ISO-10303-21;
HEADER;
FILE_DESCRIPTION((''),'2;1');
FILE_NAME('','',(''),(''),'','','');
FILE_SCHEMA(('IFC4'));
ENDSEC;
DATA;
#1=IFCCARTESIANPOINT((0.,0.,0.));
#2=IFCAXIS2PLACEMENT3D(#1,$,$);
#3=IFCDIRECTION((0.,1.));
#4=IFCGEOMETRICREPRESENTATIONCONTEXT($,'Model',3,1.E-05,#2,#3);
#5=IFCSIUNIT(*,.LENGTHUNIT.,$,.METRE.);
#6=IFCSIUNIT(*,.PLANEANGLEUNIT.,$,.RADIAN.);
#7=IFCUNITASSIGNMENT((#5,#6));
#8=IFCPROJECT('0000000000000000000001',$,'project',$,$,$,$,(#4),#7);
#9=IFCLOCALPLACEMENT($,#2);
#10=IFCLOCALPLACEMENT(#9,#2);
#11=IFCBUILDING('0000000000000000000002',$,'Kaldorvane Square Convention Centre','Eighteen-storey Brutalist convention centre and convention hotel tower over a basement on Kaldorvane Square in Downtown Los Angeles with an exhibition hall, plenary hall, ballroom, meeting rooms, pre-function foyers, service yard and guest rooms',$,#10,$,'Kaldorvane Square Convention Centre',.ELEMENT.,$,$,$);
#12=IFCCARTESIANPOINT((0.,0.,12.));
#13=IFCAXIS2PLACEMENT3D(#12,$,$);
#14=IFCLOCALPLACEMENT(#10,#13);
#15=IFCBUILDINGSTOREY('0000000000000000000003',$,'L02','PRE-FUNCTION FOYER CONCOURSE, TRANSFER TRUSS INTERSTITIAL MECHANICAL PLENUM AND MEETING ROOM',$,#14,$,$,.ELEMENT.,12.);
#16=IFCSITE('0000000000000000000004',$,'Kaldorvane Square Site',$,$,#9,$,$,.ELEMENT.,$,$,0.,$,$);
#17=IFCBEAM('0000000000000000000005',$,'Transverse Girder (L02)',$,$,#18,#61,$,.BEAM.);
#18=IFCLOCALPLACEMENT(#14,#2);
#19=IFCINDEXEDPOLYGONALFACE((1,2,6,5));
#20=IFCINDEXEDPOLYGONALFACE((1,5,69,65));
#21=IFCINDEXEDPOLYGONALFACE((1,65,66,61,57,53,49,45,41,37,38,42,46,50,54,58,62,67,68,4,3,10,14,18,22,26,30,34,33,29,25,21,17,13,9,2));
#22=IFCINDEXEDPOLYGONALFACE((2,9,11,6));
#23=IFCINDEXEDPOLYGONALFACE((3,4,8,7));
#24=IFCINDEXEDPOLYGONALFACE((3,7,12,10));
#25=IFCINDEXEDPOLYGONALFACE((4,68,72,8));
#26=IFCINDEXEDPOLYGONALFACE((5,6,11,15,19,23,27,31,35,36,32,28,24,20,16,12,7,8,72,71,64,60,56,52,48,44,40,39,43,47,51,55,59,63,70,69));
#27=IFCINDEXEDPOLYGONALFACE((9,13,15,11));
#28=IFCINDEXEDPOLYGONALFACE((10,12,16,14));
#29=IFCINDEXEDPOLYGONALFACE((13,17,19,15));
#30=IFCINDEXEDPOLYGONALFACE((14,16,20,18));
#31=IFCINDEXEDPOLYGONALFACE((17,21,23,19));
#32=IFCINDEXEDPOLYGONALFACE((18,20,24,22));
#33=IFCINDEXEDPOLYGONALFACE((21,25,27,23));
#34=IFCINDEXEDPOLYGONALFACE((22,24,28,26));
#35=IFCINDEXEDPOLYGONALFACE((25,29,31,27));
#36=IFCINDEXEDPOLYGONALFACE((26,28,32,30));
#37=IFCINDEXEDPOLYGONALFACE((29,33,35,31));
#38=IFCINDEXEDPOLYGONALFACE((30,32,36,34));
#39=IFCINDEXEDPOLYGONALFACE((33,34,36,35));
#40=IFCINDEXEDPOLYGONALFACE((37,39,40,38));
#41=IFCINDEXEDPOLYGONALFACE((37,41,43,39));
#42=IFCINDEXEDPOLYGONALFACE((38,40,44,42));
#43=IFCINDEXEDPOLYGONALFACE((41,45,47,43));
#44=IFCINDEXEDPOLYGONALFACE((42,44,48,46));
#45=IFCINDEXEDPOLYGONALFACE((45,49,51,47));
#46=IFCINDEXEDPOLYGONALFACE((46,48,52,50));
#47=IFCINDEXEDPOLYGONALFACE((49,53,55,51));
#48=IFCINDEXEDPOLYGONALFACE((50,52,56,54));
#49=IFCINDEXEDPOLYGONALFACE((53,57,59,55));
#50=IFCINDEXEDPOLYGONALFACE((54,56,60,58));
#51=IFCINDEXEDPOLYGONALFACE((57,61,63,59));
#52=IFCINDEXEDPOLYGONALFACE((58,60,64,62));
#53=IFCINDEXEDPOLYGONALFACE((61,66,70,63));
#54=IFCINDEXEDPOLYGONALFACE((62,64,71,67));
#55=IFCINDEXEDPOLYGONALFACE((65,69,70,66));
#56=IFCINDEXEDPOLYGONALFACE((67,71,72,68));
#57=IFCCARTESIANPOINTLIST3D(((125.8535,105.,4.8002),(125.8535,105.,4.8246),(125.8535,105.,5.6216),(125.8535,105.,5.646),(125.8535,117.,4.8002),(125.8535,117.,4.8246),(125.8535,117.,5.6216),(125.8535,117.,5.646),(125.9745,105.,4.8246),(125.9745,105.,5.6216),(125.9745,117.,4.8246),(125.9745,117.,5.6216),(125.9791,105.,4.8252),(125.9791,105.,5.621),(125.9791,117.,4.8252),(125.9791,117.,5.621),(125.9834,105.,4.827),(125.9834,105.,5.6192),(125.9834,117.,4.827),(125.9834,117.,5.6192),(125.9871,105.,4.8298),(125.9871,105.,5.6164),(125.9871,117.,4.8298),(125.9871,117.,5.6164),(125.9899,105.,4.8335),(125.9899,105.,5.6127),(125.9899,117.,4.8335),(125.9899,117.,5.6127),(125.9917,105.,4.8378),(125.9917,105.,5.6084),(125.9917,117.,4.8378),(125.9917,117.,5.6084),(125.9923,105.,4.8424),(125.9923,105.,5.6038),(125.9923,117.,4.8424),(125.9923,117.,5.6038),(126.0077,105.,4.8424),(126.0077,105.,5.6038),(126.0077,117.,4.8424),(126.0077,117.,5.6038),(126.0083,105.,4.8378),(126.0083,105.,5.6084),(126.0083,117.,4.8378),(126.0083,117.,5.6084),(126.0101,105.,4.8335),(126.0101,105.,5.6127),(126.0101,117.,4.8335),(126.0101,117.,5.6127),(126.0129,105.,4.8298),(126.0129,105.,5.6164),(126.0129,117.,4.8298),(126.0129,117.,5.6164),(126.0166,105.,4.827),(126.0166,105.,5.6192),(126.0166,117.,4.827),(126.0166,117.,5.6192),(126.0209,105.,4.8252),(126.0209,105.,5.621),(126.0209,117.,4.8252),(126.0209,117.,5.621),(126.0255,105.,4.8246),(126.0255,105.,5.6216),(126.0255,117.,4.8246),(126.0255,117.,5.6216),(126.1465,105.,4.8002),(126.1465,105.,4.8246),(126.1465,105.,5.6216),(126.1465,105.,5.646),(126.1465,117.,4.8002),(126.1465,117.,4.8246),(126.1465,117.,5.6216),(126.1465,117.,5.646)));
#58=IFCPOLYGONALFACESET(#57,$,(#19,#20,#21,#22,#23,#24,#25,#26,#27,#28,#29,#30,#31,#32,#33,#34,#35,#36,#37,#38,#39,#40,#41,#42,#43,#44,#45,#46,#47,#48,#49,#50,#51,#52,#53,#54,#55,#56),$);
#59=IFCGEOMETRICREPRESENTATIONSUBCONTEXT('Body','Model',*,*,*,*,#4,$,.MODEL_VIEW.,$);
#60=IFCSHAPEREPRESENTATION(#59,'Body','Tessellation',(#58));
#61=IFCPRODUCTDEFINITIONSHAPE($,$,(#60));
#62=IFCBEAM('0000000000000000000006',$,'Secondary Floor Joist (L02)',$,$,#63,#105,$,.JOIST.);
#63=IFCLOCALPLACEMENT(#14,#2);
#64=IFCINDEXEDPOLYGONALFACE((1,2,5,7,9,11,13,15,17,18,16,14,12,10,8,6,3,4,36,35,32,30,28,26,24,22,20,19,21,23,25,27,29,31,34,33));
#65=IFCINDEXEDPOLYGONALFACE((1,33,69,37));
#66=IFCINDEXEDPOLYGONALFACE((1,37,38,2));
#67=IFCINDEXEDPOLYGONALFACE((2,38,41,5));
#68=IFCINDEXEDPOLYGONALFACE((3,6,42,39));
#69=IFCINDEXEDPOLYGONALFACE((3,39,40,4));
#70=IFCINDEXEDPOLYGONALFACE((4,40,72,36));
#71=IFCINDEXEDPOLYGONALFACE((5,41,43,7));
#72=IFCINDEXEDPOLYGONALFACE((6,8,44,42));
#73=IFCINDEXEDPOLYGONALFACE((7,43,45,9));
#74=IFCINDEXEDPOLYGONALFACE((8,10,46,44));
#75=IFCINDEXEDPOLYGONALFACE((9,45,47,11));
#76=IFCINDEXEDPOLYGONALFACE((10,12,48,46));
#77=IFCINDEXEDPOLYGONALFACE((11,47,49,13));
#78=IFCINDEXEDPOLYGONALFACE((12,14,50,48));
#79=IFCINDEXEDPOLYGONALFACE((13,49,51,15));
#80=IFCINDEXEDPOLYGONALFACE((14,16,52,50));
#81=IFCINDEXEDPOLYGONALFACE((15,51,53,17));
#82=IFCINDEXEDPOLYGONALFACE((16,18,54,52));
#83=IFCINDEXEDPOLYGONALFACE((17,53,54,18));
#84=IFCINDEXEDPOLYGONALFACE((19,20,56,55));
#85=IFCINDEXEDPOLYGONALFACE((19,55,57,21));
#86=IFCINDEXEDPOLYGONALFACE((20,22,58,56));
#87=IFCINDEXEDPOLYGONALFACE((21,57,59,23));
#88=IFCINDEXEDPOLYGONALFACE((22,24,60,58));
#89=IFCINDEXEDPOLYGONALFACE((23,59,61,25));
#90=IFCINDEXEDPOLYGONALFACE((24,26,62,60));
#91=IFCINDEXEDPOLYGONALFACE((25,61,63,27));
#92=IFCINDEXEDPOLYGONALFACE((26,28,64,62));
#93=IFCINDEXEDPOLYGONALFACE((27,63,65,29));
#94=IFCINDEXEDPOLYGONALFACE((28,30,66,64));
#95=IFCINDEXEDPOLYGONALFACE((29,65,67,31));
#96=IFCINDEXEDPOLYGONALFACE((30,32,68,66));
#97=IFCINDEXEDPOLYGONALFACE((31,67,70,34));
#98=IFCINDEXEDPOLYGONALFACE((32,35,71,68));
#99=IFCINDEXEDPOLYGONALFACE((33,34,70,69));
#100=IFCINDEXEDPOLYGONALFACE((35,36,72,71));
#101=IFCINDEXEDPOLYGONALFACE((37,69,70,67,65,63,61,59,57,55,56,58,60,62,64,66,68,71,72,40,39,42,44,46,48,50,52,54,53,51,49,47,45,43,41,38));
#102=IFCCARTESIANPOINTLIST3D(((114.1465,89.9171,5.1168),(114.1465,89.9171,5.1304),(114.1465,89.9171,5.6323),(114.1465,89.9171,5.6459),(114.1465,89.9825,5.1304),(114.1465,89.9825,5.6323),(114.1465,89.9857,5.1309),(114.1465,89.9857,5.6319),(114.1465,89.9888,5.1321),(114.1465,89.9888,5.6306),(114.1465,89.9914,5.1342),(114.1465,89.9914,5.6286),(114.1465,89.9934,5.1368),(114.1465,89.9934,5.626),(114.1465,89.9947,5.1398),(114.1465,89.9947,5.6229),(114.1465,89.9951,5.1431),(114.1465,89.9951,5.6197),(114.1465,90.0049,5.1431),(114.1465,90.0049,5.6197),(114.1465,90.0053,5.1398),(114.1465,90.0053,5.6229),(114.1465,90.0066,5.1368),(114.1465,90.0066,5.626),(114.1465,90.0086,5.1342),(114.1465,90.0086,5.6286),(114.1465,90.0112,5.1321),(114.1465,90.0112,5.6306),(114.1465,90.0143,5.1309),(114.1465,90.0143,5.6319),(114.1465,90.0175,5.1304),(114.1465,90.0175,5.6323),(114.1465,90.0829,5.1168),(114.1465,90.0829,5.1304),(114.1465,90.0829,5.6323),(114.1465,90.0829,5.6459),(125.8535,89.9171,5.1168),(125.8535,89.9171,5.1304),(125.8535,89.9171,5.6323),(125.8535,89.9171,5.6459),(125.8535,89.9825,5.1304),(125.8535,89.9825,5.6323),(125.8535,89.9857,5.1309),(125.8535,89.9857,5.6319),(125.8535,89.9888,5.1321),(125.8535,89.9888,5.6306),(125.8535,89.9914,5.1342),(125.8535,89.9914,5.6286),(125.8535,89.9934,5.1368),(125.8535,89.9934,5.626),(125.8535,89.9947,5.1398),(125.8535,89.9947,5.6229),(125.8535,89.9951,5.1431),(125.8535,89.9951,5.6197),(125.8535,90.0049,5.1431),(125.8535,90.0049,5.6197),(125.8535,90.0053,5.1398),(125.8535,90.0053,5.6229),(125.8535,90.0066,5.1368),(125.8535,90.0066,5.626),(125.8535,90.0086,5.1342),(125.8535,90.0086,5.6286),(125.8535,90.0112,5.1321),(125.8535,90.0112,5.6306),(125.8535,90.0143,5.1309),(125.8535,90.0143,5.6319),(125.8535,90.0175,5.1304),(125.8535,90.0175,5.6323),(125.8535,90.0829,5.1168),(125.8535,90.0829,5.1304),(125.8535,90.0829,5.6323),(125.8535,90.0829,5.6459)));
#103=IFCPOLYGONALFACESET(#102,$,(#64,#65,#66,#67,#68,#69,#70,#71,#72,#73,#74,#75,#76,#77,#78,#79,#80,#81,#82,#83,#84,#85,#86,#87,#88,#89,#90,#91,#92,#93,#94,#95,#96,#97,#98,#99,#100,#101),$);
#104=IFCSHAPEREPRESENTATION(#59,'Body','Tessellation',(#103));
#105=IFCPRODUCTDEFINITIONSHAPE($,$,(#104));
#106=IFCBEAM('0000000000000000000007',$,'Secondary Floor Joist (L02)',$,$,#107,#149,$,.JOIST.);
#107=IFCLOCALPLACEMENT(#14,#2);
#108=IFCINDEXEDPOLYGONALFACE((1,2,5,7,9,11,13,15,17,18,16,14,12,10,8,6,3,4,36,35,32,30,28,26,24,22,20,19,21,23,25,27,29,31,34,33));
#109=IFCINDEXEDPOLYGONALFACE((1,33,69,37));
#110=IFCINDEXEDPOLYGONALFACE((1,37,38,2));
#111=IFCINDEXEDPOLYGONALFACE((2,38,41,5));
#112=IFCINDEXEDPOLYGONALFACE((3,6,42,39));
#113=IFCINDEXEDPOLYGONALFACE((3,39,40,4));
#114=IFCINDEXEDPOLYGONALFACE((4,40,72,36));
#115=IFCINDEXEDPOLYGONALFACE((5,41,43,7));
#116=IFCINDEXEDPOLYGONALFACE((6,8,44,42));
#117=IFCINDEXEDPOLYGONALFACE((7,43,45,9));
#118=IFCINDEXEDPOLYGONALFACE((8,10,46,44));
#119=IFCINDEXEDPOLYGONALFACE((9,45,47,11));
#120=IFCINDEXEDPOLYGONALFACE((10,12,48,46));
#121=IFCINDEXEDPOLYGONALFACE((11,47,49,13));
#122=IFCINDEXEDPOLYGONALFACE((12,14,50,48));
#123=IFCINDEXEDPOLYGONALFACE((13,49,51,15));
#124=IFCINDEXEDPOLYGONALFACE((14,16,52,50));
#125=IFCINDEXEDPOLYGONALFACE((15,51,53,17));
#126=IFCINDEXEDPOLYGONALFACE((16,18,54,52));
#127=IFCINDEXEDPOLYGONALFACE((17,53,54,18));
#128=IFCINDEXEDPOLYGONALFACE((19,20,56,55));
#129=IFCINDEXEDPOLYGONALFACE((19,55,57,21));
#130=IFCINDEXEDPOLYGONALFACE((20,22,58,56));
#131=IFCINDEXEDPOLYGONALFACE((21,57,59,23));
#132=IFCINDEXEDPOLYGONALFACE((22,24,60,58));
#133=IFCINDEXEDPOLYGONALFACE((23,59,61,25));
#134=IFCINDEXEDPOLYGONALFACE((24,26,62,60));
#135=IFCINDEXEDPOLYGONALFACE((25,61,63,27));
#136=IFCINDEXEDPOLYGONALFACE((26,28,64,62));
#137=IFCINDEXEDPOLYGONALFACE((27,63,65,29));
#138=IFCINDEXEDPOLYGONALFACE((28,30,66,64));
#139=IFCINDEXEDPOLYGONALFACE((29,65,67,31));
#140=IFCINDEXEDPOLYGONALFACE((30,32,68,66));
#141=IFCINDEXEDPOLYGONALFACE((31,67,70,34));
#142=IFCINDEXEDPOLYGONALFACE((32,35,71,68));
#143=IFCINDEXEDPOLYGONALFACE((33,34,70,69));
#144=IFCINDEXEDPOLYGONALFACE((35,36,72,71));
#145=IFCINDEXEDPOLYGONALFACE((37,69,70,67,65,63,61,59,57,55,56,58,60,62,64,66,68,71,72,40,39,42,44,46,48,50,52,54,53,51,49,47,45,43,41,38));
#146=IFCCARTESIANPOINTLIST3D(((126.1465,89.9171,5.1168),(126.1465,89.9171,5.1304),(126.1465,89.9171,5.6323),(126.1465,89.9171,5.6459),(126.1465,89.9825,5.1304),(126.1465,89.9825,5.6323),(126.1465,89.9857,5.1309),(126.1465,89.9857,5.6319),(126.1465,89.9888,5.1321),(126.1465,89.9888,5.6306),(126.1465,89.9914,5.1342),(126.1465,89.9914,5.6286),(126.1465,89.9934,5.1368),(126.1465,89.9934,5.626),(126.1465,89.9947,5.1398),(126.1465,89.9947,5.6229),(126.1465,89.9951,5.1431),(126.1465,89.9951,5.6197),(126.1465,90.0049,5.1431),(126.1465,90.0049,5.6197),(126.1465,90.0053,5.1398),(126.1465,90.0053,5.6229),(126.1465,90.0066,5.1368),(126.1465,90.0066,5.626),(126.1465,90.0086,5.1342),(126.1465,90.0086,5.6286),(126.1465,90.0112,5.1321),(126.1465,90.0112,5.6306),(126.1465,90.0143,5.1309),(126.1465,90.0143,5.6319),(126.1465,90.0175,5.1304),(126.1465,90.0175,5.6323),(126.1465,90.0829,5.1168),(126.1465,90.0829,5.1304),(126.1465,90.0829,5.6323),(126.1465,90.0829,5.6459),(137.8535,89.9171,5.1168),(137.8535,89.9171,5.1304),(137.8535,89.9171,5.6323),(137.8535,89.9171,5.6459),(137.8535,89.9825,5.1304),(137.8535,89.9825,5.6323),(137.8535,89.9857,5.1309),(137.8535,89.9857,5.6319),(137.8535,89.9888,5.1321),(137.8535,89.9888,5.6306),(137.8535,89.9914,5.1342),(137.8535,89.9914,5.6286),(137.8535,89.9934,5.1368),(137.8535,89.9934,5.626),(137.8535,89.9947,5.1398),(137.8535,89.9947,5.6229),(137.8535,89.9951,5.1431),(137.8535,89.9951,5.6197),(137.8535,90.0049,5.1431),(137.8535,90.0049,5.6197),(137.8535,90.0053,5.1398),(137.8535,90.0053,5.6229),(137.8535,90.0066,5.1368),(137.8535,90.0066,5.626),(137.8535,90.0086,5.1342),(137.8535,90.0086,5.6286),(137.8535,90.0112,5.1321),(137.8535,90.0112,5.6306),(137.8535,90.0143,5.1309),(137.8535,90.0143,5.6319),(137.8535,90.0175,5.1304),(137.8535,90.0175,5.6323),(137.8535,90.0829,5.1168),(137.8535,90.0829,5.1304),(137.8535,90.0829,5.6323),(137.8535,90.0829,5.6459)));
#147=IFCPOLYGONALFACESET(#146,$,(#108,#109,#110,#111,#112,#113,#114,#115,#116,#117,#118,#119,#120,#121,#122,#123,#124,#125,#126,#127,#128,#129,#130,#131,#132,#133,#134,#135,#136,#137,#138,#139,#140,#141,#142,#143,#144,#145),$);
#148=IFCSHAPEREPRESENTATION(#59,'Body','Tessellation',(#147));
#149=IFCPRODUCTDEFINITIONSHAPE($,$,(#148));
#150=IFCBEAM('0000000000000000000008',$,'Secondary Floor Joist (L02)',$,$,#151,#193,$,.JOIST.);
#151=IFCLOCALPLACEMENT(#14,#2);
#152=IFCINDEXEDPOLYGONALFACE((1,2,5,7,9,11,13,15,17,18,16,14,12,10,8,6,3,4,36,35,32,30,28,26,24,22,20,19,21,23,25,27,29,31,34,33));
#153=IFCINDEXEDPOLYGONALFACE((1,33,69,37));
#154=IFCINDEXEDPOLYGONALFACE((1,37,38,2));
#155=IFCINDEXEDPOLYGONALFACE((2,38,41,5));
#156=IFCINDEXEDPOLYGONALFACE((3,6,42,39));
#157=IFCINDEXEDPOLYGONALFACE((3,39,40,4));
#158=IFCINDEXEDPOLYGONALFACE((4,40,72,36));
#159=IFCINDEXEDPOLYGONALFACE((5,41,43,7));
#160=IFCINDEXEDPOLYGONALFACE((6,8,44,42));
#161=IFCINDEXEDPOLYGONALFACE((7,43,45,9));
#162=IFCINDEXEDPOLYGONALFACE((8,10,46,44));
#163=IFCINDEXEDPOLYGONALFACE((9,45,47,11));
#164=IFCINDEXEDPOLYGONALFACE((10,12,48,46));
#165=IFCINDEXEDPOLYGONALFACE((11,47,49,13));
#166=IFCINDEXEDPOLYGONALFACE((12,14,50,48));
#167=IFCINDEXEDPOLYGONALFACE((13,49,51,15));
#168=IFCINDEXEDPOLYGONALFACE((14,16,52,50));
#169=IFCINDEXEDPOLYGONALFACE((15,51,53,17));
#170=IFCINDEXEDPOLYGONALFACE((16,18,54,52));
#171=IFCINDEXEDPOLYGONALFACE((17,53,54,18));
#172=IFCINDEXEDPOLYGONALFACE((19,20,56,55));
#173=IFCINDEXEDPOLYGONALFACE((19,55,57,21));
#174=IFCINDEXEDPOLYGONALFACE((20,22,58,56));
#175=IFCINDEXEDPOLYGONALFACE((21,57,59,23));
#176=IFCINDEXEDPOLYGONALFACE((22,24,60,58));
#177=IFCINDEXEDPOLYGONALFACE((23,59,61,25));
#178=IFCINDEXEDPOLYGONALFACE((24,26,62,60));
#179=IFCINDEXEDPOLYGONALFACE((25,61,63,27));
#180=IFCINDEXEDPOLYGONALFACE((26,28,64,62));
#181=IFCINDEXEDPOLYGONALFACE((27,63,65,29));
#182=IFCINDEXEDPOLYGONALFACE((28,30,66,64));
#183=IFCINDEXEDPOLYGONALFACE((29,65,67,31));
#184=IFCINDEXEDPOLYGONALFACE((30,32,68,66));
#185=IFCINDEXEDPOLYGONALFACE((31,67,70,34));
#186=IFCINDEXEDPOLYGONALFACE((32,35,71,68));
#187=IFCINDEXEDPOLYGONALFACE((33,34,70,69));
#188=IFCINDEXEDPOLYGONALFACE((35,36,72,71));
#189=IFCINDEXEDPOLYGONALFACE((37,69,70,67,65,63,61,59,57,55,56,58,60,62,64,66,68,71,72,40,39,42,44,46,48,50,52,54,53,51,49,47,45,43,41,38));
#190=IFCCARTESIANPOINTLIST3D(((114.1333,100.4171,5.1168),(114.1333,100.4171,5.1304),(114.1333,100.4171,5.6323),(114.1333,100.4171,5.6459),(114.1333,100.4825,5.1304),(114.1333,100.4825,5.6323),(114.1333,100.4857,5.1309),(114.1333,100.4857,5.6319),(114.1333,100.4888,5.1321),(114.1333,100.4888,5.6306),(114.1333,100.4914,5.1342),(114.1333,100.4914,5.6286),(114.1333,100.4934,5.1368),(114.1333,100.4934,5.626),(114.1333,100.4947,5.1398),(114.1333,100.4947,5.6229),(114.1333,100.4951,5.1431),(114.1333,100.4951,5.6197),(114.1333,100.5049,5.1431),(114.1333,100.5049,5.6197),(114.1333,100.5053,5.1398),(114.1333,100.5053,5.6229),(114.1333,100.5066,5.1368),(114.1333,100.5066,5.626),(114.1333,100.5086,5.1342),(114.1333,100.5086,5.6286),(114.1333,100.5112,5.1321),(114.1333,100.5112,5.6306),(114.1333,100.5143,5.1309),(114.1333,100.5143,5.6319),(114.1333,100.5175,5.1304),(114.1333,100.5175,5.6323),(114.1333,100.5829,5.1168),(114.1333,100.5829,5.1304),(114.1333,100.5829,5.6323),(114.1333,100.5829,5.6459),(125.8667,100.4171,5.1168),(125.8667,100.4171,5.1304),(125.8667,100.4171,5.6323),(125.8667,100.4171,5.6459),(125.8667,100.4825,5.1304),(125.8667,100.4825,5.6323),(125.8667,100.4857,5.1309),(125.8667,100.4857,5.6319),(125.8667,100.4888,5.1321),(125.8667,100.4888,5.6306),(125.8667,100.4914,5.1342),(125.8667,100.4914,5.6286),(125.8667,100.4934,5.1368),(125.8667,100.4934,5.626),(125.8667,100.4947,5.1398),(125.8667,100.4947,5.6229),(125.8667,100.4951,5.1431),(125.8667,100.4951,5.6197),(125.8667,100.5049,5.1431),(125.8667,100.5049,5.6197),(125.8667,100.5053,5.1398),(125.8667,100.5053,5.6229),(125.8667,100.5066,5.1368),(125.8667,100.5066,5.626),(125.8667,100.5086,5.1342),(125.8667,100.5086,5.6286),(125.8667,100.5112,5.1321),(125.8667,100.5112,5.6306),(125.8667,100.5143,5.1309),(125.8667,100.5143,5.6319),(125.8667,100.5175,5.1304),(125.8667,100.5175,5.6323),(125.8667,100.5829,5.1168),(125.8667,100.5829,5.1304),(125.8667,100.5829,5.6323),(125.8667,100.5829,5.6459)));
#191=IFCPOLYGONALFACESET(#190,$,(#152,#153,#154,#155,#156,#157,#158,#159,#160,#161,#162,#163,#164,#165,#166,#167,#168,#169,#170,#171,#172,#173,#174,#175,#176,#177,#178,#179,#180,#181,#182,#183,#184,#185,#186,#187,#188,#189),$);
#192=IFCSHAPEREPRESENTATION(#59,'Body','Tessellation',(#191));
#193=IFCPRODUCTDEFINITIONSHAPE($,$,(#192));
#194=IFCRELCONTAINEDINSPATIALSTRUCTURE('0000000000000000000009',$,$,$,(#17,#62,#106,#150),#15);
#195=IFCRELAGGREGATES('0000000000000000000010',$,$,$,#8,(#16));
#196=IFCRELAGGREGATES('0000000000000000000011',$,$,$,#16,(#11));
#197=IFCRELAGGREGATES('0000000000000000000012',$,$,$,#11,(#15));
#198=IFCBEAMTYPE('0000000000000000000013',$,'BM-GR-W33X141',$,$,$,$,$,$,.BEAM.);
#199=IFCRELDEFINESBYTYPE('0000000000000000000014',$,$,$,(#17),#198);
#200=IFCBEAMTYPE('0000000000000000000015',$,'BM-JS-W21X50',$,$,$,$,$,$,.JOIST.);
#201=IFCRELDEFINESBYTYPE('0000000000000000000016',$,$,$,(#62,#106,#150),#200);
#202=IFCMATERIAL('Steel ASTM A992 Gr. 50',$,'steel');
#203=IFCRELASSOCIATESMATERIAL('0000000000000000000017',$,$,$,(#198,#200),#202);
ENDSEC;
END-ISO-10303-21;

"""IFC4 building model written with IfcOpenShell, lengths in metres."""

from ifc_helpers import new_model, si_unit, direction, frame, origin, origin_2d, place, context, subcontext, project, spatial, i_section, extrude, material, material_profile, profile_set, type_object, element, save


model = new_model("IFC4")

# Units and contexts
model_context = context("Model", 3, precision=1e-05, world=origin(), true_north=direction((0.0, 1.0)))
body_context = subcontext(model_context, "Body", "Model", "MODEL_VIEW")
ifc_project = project(units=[si_unit("LENGTHUNIT", "METRE"), si_unit("PLANEANGLEUNIT", "RADIAN")], contexts=[model_context])

# Site, building, storey
site_placement = place(None, origin())
site = spatial("IfcSite", under=ifc_project, at=site_placement, Name="Kaldorvane Square Site", CompositionType="ELEMENT", RefElevation=0.0)
building_placement = place(site_placement, origin())
building = spatial("IfcBuilding", under=site, at=building_placement, Name="Kaldorvane Square Convention Centre", Description="Eighteen-storey Brutalist convention centre and convention hotel tower over a basement on Kaldorvane Square in Downtown Los Angeles with an exhibition hall, plenary hall, ballroom, meeting rooms, pre-function foyers, service yard and guest rooms", LongName="Kaldorvane Square Convention Centre", CompositionType="ELEMENT")
storey_placement = place(building_placement, frame((0.0, 0.0, 12.0)))
storey = spatial("IfcBuildingStorey", under=building, at=storey_placement, Name="L02", Description="PRE-FUNCTION FOYER CONCOURSE, TRANSFER TRUSS INTERSTITIAL MECHANICAL PLENUM AND MEETING ROOM", CompositionType="ELEMENT", Elevation=12.0)

# Shared definitions
ifc_material_1 = material(Name="Steel ASTM A992 Gr. 50", Category="steel")

# Beams
ifc_material_profile_1 = material_profile(ifc_material_1, i_section(OverallWidth=0.293, OverallDepth=0.8458, WebThickness=0.0154, FlangeThickness=0.0244, FilletRadius=0.0178, at=origin_2d()), Name="W33X141")
ifc_profile_set_1 = profile_set([ifc_material_profile_1], Name="Steel ASTM A992 Gr. 50")
beam_type_1 = type_object("IfcBeamType", Name="BM-GR-W33X141", PredefinedType="BEAM", material=ifc_profile_set_1)
for number, where, z_axis, x_axis, name in (
    (1, (126.0, 105.0, 5.2231), (0.0, 1.0, 0.0), (-1.0, 0.0, 0.0), "Transverse Girder (L02)"),
):
    element("IfcBeam", number, at=place(storey_placement, frame(where, z_axis=z_axis, x_axis=x_axis)), inside=storey, type_object=beam_type_1, Name=name, PredefinedType="BEAM", context=body_context, shape_type="SweptSolid", body=[
        extrude(i_section(OverallWidth=0.293, OverallDepth=0.8458, WebThickness=0.0154, FlangeThickness=0.0244, FilletRadius=0.0178, at=origin_2d()), origin(), (0.0, 0.0, 1.0), 12.0),
    ])
ifc_material_profile_2 = material_profile(ifc_material_1, i_section(OverallWidth=0.1659, OverallDepth=0.5291, WebThickness=0.0097, FlangeThickness=0.0136, FilletRadius=0.0127, at=origin_2d()), Name="W21X50")
ifc_profile_set_2 = profile_set([ifc_material_profile_2], Name="Steel ASTM A992 Gr. 50")
beam_type_2 = type_object("IfcBeamType", Name="BM-JS-W21X50", PredefinedType="JOIST", material=ifc_profile_set_2)
for number, where, z_axis, x_axis, name in (
    (2, (114.1465, 90.0, 5.3814), (1.0, 0.0, 0.0), (0.0, 1.0, 0.0), "Secondary Floor Joist (L02)"),
    (3, (126.1465, 90.0, 5.3814), (1.0, 0.0, 0.0), (0.0, 1.0, 0.0), "Secondary Floor Joist (L02)"),
):
    element("IfcBeam", number, at=place(storey_placement, frame(where, z_axis=z_axis, x_axis=x_axis)), inside=storey, type_object=beam_type_2, Name=name, PredefinedType="JOIST", context=body_context, shape_type="SweptSolid", body=[
        extrude(i_section(OverallWidth=0.1659, OverallDepth=0.5291, WebThickness=0.0097, FlangeThickness=0.0136, FilletRadius=0.0127, at=origin_2d()), origin(), (0.0, 0.0, 1.0), 11.707),
    ])
for number, where, z_axis, x_axis, name in (
    (4, (114.1333, 100.5, 5.3814), (1.0, 0.0, 0.0), (0.0, 1.0, 0.0), "Secondary Floor Joist (L02)"),
):
    element("IfcBeam", number, at=place(storey_placement, frame(where, z_axis=z_axis, x_axis=x_axis)), inside=storey, type_object=beam_type_2, Name=name, PredefinedType="JOIST", context=body_context, shape_type="SweptSolid", body=[
        extrude(i_section(OverallWidth=0.1659, OverallDepth=0.5291, WebThickness=0.0097, FlangeThickness=0.0136, FilletRadius=0.0127, at=origin_2d()), origin(), (0.0, 0.0, 1.0), 11.7334),
    ])

save(model, "model.ifc")
